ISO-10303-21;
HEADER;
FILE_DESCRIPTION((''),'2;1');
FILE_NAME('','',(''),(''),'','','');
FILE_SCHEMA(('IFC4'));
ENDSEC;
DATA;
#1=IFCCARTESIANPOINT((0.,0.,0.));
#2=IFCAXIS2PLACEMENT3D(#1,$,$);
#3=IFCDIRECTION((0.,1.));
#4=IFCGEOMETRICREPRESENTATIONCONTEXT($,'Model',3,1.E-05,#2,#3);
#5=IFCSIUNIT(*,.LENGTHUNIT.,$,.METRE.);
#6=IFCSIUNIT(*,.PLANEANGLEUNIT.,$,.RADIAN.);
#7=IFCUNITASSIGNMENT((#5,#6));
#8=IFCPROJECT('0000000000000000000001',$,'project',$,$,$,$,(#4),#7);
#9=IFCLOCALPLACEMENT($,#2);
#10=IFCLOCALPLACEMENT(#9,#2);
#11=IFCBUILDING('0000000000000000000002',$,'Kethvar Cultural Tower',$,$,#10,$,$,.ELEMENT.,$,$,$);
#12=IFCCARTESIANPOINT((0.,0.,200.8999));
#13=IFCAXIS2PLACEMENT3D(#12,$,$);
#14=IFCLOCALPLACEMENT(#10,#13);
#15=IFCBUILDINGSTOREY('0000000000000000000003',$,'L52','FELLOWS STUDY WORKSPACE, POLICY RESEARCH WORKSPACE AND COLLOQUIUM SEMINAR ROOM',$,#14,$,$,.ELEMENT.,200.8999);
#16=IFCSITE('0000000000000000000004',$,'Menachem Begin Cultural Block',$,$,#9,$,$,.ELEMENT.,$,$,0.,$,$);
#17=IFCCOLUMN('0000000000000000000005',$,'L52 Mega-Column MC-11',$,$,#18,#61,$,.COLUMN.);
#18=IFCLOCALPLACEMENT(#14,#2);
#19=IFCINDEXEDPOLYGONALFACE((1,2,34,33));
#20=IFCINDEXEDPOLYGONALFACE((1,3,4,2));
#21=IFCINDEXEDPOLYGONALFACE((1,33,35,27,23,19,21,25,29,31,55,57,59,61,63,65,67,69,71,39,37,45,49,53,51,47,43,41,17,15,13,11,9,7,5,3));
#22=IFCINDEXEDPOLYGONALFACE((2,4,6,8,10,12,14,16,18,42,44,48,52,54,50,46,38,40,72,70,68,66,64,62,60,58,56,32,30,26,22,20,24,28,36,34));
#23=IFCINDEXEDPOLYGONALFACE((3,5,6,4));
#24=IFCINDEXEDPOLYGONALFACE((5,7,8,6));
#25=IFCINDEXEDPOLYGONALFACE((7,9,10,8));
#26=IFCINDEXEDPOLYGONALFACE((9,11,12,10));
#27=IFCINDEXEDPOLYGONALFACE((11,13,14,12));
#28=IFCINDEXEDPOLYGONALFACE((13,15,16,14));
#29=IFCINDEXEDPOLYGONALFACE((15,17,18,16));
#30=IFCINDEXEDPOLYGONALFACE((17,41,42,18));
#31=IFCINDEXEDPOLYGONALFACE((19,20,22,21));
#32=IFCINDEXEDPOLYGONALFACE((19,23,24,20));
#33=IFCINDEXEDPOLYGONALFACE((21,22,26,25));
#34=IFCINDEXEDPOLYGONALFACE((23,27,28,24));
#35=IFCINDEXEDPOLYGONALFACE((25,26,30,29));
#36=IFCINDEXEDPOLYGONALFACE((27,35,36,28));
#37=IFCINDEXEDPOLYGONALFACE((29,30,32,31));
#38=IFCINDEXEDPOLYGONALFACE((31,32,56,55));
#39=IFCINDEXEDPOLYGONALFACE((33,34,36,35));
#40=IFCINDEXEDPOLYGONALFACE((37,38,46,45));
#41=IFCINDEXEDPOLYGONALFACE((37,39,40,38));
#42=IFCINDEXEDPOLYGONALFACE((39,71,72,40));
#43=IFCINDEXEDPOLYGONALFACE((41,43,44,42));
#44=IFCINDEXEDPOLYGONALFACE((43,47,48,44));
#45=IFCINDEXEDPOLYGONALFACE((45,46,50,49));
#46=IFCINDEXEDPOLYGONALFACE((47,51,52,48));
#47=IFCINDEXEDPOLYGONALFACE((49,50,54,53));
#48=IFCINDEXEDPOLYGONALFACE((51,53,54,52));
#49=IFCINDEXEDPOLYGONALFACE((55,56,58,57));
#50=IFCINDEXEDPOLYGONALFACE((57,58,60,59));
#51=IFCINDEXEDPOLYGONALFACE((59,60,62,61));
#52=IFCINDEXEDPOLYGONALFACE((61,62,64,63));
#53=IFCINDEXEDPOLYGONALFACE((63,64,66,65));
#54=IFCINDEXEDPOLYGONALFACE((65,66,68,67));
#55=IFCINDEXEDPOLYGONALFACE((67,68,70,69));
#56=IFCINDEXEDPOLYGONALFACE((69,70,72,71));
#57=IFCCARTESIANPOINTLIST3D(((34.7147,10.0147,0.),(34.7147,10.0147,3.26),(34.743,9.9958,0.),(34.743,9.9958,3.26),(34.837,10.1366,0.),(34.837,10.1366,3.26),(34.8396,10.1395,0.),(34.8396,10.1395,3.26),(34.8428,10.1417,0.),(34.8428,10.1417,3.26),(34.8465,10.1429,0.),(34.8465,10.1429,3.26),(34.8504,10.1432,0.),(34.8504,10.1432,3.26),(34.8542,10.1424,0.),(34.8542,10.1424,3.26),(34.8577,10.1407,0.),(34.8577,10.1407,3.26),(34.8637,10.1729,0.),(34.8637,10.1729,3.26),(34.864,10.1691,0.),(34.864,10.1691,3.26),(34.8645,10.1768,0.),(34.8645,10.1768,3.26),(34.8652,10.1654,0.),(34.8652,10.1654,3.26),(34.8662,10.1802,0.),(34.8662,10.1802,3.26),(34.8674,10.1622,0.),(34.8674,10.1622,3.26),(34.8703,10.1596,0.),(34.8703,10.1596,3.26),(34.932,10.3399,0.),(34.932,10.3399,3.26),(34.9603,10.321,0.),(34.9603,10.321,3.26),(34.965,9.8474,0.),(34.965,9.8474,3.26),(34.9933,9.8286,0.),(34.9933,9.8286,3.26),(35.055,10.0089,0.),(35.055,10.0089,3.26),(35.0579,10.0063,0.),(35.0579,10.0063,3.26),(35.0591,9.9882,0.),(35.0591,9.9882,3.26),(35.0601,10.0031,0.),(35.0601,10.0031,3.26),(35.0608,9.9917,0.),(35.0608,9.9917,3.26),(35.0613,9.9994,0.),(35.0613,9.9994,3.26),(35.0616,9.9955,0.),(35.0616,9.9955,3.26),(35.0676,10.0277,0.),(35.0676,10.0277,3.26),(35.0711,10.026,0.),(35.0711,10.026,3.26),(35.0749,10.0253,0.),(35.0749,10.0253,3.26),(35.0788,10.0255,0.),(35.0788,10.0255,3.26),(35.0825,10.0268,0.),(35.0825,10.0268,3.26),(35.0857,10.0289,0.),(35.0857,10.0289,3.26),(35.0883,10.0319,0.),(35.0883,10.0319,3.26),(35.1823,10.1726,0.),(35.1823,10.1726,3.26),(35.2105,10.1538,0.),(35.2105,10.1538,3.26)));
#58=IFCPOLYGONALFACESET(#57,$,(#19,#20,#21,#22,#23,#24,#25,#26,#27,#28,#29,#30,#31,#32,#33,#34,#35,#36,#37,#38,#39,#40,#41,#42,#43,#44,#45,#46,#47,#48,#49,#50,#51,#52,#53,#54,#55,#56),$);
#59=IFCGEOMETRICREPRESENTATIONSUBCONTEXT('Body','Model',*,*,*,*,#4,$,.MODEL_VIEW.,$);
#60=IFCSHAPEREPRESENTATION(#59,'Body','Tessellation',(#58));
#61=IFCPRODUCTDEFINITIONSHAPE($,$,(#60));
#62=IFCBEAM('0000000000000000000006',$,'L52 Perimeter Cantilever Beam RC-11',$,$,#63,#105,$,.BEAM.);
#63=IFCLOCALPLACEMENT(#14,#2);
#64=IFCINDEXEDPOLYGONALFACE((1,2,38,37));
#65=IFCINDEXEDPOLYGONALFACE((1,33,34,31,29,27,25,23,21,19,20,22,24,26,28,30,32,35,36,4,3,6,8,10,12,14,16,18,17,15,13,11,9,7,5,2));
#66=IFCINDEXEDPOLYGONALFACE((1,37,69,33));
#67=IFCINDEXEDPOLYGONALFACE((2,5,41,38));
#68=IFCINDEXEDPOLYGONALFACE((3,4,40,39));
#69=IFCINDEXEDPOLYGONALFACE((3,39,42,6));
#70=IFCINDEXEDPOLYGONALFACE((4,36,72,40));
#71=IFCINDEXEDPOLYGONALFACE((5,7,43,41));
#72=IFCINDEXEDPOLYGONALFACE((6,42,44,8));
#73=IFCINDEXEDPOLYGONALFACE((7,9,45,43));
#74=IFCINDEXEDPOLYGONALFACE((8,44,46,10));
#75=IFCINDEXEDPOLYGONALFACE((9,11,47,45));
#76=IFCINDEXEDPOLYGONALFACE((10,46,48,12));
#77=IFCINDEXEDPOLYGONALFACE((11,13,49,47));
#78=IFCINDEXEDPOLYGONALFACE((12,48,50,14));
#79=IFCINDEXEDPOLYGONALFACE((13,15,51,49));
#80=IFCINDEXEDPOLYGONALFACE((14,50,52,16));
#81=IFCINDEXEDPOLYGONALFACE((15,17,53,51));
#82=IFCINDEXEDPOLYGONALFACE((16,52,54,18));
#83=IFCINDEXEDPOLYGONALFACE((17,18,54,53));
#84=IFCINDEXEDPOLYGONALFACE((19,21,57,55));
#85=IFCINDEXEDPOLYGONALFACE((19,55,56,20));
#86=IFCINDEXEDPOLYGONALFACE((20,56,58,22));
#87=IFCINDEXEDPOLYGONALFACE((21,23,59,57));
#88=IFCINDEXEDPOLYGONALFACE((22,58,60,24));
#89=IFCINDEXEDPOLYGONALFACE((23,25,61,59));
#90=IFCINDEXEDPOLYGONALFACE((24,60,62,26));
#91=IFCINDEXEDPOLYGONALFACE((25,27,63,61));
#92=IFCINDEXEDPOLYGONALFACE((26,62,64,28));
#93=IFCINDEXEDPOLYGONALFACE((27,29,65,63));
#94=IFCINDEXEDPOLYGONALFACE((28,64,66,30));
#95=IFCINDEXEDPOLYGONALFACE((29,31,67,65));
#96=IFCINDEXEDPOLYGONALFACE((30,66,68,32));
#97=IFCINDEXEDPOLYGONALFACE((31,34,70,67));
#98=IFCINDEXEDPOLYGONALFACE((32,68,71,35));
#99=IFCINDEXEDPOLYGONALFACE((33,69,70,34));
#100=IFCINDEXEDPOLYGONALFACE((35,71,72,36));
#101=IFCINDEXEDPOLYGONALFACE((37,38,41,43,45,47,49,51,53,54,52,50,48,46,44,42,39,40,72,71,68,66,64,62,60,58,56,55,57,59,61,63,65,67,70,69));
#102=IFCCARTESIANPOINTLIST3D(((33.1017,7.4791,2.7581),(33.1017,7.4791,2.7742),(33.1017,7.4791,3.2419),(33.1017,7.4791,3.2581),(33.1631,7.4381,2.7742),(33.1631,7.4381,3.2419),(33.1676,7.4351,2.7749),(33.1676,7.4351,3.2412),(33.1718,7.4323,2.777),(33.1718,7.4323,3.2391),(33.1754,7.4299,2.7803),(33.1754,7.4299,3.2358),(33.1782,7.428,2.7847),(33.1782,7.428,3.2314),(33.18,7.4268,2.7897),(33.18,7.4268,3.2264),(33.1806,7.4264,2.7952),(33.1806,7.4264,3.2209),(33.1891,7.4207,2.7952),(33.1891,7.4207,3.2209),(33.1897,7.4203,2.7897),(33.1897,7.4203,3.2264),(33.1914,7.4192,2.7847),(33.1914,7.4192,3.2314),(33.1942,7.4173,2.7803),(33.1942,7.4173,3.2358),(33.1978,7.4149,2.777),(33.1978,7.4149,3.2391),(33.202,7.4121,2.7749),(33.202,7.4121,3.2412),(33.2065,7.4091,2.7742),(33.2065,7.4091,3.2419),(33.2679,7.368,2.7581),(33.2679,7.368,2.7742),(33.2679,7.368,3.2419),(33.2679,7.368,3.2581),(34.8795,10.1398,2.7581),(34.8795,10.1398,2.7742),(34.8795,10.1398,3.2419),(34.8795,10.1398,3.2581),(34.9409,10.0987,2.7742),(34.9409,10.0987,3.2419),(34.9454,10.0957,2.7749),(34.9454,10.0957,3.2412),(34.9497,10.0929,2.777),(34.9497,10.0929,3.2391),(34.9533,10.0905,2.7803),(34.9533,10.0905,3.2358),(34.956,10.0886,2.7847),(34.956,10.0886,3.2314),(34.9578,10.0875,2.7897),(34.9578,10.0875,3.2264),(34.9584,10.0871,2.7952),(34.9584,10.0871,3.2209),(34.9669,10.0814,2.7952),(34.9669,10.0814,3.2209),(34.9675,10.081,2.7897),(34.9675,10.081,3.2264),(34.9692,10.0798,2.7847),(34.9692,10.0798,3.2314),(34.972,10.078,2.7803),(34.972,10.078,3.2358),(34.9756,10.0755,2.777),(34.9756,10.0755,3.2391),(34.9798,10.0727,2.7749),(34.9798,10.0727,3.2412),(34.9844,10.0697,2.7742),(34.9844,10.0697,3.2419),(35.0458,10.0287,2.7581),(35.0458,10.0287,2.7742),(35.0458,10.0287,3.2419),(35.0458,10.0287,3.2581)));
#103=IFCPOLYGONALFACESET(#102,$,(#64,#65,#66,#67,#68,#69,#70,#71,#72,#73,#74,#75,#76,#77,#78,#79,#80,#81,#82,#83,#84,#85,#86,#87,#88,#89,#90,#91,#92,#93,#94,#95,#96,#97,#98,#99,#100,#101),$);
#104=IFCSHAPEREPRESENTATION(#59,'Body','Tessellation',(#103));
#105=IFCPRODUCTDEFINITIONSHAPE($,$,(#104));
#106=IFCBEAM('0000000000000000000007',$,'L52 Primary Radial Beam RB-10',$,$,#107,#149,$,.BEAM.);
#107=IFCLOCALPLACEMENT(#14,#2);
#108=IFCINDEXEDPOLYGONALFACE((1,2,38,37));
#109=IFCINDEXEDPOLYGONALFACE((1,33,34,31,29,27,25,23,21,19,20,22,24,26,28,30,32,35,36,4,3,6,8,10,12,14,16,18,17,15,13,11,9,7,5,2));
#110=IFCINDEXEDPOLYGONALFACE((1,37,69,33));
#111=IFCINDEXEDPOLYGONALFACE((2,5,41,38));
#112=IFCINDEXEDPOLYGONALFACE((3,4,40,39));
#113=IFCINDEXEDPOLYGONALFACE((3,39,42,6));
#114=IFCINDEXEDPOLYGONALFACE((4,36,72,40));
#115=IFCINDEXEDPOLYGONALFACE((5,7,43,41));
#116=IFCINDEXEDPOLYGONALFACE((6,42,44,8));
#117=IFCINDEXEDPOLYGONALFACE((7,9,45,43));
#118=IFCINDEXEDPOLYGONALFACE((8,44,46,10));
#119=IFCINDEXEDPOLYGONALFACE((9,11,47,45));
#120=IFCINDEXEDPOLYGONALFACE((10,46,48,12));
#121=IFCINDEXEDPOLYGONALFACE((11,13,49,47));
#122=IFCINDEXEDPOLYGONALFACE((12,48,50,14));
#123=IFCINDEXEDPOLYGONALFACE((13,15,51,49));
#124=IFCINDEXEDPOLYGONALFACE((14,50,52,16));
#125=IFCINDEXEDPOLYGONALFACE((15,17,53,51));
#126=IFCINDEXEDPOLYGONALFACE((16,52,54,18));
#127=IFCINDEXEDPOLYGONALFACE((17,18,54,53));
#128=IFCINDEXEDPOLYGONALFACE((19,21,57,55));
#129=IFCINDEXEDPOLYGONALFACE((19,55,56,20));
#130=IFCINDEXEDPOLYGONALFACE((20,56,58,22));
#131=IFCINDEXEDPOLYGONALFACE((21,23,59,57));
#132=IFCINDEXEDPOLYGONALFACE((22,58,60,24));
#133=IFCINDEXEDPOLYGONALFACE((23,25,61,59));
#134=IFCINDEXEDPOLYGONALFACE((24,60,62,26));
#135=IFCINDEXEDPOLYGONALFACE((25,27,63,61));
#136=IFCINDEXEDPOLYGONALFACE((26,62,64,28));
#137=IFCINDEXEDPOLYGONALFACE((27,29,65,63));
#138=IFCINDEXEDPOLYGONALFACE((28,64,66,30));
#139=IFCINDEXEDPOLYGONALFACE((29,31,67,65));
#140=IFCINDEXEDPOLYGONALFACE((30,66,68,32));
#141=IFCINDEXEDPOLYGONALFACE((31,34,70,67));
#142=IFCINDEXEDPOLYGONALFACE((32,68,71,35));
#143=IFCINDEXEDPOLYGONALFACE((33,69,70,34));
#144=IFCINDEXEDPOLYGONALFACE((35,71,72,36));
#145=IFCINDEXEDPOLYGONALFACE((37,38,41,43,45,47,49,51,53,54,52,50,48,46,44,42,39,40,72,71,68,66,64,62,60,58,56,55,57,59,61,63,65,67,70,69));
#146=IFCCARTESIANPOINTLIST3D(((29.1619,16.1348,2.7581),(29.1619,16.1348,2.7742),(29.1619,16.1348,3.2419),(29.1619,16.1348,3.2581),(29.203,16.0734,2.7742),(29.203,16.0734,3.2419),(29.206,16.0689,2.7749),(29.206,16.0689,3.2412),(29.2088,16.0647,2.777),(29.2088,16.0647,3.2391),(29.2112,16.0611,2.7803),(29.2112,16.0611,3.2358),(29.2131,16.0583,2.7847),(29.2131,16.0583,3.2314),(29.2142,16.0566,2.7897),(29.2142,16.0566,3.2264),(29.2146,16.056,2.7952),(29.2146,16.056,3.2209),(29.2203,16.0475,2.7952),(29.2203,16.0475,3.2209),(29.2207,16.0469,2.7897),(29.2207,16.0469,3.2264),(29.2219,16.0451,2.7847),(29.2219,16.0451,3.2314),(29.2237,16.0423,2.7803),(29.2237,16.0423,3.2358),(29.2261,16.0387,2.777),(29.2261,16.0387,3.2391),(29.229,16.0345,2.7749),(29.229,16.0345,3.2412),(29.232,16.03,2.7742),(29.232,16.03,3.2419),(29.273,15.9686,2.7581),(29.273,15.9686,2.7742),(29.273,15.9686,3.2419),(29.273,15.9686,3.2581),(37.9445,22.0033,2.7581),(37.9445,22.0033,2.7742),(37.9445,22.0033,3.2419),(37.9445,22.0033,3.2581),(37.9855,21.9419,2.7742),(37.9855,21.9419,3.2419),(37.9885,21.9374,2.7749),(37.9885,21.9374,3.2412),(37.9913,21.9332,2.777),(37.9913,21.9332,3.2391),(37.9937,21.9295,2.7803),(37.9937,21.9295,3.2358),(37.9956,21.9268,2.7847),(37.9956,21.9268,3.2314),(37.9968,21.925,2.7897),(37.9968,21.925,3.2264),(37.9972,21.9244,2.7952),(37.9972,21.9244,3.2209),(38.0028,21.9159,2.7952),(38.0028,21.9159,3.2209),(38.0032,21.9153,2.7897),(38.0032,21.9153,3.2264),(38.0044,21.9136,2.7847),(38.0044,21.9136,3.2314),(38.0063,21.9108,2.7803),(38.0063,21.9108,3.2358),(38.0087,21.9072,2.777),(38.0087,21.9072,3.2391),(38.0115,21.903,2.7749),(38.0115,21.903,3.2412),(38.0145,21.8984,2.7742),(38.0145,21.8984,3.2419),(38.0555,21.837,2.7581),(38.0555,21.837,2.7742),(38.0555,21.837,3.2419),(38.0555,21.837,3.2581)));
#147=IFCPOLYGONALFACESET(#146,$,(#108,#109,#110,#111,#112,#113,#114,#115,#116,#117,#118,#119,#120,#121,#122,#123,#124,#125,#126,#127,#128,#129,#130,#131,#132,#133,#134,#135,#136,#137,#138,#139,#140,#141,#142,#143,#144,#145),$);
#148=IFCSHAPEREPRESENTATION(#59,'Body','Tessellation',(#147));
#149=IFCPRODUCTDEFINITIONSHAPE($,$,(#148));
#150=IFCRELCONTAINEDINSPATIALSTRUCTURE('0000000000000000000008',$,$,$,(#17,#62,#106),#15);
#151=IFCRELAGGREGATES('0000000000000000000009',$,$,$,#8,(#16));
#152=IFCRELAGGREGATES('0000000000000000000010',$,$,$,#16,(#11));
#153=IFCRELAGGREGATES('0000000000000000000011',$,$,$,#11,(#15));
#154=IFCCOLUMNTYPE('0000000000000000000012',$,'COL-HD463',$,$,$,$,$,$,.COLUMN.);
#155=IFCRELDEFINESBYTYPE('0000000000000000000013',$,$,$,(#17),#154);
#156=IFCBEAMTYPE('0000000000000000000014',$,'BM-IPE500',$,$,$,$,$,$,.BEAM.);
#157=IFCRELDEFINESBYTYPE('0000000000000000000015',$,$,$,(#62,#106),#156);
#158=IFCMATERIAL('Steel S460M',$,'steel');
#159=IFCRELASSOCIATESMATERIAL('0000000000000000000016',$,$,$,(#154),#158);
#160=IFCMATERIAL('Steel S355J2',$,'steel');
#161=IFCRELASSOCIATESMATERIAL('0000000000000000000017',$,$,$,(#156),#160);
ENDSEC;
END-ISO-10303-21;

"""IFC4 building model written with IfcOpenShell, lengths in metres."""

from ifc_helpers import new_model, si_unit, direction, frame, origin, origin_2d, place, context, subcontext, project, spatial, i_section, extrude, source, transform, mapped, material, material_profile, profile_set, type_object, element, save


model = new_model("IFC4")

# Units and contexts
model_context = context("Model", 3, precision=1e-05, world=origin(), true_north=direction((0.0, 1.0)))
body_context = subcontext(model_context, "Body", "Model", "MODEL_VIEW")
ifc_project = project(units=[si_unit("LENGTHUNIT", "METRE"), si_unit("PLANEANGLEUNIT", "RADIAN")], contexts=[model_context])

# Site, building, storey
site_placement = place(None, origin())
site = spatial("IfcSite", under=ifc_project, at=site_placement, Name="Menachem Begin Cultural Block", CompositionType="ELEMENT", RefElevation=0.0)
building_placement = place(site_placement, origin())
building = spatial("IfcBuilding", under=site, at=building_placement, Name="Kethvar Cultural Tower", CompositionType="ELEMENT")
storey_placement = place(building_placement, frame((0.0, 0.0, 200.8999)))
storey = spatial("IfcBuildingStorey", under=building, at=storey_placement, Name="L52", Description="FELLOWS STUDY WORKSPACE, POLICY RESEARCH WORKSPACE AND COLLOQUIUM SEMINAR ROOM", CompositionType="ELEMENT", Elevation=200.8999)

# Column
ifc_material_1 = material(Name="Steel S460M", Category="steel")
ifc_material_profile_1 = material_profile(ifc_material_1, i_section(OverallWidth=0.3911, OverallDepth=0.335, WebThickness=0.0227, FlangeThickness=0.0339, FilletRadius=0.0149, at=origin_2d()), Name="Steel S460M — HD400x463")
ifc_profile_set_1 = profile_set([ifc_material_profile_1], Name="Steel S460M — HD400x463")
column_type = type_object("IfcColumnType", Name="COL-HD463", PredefinedType="COLUMN", material=ifc_profile_set_1)
shared_shape_1 = source(origin(), body_context, "Body", "SweptSolid", [
    extrude(i_section(OverallWidth=0.3911, OverallDepth=0.335, WebThickness=0.0227, FlangeThickness=0.0339, FilletRadius=0.0149, at=origin_2d()), origin(), (0.0, 0.0, 1.0), 3.26),
])
column_placement = place(storey_placement, frame((34.9626, 10.0842, 0.0), z_axis=(0.0, 0.0, 1.0), x_axis=(-0.55557, -0.83147, 0.0)))
element("IfcColumn", 1, at=column_placement, inside=storey, type_object=column_type, Name="L52 Mega-Column MC-11", PredefinedType="COLUMN", context=body_context, shape_type="MappedRepresentation", body=[
    mapped(shared_shape_1, transform((0.0, 0.0, 0.0), scale=1.0)),
])

# Beams
ifc_material_2 = material(Name="Steel S355J2", Category="steel")
ifc_material_profile_2 = material_profile(ifc_material_2, i_section(OverallWidth=0.2, OverallDepth=0.5, WebThickness=0.0103, FlangeThickness=0.0161, FilletRadius=0.021, at=origin_2d()), Name="Steel S355J2 — IPE500")
ifc_profile_set_2 = profile_set([ifc_material_profile_2], Name="Steel S355J2 — IPE500")
beam_type_1 = type_object("IfcBeamType", Name="BM-IPE500", PredefinedType="BEAM", material=ifc_profile_set_2)
shared_shape_2 = source(origin(), body_context, "Body", "SweptSolid", [
    extrude(i_section(OverallWidth=0.2, OverallDepth=0.5, WebThickness=0.0103, FlangeThickness=0.0161, FilletRadius=0.021, at=origin_2d()), origin(), (0.0, 0.0, 1.0), 3.2),
])
beam_1_placement = place(storey_placement, frame((34.9626, 10.0842, 3.0081), z_axis=(-0.55558, -0.831463, 0.0), x_axis=(0.831463, -0.55558, 0.0)))
element("IfcBeam", 2, at=beam_1_placement, inside=storey, type_object=beam_type_1, Name="L52 Perimeter Cantilever Beam RC-11", PredefinedType="BEAM", context=body_context, shape_type="MappedRepresentation", body=[
    mapped(shared_shape_2, transform((0.0, 0.0, 0.0), scale=1.0)),
])
shared_shape_3 = source(origin(), body_context, "Body", "SweptSolid", [
    extrude(i_section(OverallWidth=0.2, OverallDepth=0.5, WebThickness=0.0103, FlangeThickness=0.0161, FilletRadius=0.021, at=origin_2d()), origin(), (0.0, 0.0, 1.0), 10.5627),
])
beam_2_placement = place(storey_placement, frame((38.0, 21.9202, 3.0081), z_axis=(-0.831463, -0.55558, 0.0), x_axis=(0.55558, -0.831463, 0.0)))
element("IfcBeam", 3, at=beam_2_placement, inside=storey, type_object=beam_type_1, Name="L52 Primary Radial Beam RB-10", PredefinedType="BEAM", context=body_context, shape_type="MappedRepresentation", body=[
    mapped(shared_shape_3, transform((0.0, 0.0, 0.0), scale=1.0)),
])

save(model, "model.ifc")
